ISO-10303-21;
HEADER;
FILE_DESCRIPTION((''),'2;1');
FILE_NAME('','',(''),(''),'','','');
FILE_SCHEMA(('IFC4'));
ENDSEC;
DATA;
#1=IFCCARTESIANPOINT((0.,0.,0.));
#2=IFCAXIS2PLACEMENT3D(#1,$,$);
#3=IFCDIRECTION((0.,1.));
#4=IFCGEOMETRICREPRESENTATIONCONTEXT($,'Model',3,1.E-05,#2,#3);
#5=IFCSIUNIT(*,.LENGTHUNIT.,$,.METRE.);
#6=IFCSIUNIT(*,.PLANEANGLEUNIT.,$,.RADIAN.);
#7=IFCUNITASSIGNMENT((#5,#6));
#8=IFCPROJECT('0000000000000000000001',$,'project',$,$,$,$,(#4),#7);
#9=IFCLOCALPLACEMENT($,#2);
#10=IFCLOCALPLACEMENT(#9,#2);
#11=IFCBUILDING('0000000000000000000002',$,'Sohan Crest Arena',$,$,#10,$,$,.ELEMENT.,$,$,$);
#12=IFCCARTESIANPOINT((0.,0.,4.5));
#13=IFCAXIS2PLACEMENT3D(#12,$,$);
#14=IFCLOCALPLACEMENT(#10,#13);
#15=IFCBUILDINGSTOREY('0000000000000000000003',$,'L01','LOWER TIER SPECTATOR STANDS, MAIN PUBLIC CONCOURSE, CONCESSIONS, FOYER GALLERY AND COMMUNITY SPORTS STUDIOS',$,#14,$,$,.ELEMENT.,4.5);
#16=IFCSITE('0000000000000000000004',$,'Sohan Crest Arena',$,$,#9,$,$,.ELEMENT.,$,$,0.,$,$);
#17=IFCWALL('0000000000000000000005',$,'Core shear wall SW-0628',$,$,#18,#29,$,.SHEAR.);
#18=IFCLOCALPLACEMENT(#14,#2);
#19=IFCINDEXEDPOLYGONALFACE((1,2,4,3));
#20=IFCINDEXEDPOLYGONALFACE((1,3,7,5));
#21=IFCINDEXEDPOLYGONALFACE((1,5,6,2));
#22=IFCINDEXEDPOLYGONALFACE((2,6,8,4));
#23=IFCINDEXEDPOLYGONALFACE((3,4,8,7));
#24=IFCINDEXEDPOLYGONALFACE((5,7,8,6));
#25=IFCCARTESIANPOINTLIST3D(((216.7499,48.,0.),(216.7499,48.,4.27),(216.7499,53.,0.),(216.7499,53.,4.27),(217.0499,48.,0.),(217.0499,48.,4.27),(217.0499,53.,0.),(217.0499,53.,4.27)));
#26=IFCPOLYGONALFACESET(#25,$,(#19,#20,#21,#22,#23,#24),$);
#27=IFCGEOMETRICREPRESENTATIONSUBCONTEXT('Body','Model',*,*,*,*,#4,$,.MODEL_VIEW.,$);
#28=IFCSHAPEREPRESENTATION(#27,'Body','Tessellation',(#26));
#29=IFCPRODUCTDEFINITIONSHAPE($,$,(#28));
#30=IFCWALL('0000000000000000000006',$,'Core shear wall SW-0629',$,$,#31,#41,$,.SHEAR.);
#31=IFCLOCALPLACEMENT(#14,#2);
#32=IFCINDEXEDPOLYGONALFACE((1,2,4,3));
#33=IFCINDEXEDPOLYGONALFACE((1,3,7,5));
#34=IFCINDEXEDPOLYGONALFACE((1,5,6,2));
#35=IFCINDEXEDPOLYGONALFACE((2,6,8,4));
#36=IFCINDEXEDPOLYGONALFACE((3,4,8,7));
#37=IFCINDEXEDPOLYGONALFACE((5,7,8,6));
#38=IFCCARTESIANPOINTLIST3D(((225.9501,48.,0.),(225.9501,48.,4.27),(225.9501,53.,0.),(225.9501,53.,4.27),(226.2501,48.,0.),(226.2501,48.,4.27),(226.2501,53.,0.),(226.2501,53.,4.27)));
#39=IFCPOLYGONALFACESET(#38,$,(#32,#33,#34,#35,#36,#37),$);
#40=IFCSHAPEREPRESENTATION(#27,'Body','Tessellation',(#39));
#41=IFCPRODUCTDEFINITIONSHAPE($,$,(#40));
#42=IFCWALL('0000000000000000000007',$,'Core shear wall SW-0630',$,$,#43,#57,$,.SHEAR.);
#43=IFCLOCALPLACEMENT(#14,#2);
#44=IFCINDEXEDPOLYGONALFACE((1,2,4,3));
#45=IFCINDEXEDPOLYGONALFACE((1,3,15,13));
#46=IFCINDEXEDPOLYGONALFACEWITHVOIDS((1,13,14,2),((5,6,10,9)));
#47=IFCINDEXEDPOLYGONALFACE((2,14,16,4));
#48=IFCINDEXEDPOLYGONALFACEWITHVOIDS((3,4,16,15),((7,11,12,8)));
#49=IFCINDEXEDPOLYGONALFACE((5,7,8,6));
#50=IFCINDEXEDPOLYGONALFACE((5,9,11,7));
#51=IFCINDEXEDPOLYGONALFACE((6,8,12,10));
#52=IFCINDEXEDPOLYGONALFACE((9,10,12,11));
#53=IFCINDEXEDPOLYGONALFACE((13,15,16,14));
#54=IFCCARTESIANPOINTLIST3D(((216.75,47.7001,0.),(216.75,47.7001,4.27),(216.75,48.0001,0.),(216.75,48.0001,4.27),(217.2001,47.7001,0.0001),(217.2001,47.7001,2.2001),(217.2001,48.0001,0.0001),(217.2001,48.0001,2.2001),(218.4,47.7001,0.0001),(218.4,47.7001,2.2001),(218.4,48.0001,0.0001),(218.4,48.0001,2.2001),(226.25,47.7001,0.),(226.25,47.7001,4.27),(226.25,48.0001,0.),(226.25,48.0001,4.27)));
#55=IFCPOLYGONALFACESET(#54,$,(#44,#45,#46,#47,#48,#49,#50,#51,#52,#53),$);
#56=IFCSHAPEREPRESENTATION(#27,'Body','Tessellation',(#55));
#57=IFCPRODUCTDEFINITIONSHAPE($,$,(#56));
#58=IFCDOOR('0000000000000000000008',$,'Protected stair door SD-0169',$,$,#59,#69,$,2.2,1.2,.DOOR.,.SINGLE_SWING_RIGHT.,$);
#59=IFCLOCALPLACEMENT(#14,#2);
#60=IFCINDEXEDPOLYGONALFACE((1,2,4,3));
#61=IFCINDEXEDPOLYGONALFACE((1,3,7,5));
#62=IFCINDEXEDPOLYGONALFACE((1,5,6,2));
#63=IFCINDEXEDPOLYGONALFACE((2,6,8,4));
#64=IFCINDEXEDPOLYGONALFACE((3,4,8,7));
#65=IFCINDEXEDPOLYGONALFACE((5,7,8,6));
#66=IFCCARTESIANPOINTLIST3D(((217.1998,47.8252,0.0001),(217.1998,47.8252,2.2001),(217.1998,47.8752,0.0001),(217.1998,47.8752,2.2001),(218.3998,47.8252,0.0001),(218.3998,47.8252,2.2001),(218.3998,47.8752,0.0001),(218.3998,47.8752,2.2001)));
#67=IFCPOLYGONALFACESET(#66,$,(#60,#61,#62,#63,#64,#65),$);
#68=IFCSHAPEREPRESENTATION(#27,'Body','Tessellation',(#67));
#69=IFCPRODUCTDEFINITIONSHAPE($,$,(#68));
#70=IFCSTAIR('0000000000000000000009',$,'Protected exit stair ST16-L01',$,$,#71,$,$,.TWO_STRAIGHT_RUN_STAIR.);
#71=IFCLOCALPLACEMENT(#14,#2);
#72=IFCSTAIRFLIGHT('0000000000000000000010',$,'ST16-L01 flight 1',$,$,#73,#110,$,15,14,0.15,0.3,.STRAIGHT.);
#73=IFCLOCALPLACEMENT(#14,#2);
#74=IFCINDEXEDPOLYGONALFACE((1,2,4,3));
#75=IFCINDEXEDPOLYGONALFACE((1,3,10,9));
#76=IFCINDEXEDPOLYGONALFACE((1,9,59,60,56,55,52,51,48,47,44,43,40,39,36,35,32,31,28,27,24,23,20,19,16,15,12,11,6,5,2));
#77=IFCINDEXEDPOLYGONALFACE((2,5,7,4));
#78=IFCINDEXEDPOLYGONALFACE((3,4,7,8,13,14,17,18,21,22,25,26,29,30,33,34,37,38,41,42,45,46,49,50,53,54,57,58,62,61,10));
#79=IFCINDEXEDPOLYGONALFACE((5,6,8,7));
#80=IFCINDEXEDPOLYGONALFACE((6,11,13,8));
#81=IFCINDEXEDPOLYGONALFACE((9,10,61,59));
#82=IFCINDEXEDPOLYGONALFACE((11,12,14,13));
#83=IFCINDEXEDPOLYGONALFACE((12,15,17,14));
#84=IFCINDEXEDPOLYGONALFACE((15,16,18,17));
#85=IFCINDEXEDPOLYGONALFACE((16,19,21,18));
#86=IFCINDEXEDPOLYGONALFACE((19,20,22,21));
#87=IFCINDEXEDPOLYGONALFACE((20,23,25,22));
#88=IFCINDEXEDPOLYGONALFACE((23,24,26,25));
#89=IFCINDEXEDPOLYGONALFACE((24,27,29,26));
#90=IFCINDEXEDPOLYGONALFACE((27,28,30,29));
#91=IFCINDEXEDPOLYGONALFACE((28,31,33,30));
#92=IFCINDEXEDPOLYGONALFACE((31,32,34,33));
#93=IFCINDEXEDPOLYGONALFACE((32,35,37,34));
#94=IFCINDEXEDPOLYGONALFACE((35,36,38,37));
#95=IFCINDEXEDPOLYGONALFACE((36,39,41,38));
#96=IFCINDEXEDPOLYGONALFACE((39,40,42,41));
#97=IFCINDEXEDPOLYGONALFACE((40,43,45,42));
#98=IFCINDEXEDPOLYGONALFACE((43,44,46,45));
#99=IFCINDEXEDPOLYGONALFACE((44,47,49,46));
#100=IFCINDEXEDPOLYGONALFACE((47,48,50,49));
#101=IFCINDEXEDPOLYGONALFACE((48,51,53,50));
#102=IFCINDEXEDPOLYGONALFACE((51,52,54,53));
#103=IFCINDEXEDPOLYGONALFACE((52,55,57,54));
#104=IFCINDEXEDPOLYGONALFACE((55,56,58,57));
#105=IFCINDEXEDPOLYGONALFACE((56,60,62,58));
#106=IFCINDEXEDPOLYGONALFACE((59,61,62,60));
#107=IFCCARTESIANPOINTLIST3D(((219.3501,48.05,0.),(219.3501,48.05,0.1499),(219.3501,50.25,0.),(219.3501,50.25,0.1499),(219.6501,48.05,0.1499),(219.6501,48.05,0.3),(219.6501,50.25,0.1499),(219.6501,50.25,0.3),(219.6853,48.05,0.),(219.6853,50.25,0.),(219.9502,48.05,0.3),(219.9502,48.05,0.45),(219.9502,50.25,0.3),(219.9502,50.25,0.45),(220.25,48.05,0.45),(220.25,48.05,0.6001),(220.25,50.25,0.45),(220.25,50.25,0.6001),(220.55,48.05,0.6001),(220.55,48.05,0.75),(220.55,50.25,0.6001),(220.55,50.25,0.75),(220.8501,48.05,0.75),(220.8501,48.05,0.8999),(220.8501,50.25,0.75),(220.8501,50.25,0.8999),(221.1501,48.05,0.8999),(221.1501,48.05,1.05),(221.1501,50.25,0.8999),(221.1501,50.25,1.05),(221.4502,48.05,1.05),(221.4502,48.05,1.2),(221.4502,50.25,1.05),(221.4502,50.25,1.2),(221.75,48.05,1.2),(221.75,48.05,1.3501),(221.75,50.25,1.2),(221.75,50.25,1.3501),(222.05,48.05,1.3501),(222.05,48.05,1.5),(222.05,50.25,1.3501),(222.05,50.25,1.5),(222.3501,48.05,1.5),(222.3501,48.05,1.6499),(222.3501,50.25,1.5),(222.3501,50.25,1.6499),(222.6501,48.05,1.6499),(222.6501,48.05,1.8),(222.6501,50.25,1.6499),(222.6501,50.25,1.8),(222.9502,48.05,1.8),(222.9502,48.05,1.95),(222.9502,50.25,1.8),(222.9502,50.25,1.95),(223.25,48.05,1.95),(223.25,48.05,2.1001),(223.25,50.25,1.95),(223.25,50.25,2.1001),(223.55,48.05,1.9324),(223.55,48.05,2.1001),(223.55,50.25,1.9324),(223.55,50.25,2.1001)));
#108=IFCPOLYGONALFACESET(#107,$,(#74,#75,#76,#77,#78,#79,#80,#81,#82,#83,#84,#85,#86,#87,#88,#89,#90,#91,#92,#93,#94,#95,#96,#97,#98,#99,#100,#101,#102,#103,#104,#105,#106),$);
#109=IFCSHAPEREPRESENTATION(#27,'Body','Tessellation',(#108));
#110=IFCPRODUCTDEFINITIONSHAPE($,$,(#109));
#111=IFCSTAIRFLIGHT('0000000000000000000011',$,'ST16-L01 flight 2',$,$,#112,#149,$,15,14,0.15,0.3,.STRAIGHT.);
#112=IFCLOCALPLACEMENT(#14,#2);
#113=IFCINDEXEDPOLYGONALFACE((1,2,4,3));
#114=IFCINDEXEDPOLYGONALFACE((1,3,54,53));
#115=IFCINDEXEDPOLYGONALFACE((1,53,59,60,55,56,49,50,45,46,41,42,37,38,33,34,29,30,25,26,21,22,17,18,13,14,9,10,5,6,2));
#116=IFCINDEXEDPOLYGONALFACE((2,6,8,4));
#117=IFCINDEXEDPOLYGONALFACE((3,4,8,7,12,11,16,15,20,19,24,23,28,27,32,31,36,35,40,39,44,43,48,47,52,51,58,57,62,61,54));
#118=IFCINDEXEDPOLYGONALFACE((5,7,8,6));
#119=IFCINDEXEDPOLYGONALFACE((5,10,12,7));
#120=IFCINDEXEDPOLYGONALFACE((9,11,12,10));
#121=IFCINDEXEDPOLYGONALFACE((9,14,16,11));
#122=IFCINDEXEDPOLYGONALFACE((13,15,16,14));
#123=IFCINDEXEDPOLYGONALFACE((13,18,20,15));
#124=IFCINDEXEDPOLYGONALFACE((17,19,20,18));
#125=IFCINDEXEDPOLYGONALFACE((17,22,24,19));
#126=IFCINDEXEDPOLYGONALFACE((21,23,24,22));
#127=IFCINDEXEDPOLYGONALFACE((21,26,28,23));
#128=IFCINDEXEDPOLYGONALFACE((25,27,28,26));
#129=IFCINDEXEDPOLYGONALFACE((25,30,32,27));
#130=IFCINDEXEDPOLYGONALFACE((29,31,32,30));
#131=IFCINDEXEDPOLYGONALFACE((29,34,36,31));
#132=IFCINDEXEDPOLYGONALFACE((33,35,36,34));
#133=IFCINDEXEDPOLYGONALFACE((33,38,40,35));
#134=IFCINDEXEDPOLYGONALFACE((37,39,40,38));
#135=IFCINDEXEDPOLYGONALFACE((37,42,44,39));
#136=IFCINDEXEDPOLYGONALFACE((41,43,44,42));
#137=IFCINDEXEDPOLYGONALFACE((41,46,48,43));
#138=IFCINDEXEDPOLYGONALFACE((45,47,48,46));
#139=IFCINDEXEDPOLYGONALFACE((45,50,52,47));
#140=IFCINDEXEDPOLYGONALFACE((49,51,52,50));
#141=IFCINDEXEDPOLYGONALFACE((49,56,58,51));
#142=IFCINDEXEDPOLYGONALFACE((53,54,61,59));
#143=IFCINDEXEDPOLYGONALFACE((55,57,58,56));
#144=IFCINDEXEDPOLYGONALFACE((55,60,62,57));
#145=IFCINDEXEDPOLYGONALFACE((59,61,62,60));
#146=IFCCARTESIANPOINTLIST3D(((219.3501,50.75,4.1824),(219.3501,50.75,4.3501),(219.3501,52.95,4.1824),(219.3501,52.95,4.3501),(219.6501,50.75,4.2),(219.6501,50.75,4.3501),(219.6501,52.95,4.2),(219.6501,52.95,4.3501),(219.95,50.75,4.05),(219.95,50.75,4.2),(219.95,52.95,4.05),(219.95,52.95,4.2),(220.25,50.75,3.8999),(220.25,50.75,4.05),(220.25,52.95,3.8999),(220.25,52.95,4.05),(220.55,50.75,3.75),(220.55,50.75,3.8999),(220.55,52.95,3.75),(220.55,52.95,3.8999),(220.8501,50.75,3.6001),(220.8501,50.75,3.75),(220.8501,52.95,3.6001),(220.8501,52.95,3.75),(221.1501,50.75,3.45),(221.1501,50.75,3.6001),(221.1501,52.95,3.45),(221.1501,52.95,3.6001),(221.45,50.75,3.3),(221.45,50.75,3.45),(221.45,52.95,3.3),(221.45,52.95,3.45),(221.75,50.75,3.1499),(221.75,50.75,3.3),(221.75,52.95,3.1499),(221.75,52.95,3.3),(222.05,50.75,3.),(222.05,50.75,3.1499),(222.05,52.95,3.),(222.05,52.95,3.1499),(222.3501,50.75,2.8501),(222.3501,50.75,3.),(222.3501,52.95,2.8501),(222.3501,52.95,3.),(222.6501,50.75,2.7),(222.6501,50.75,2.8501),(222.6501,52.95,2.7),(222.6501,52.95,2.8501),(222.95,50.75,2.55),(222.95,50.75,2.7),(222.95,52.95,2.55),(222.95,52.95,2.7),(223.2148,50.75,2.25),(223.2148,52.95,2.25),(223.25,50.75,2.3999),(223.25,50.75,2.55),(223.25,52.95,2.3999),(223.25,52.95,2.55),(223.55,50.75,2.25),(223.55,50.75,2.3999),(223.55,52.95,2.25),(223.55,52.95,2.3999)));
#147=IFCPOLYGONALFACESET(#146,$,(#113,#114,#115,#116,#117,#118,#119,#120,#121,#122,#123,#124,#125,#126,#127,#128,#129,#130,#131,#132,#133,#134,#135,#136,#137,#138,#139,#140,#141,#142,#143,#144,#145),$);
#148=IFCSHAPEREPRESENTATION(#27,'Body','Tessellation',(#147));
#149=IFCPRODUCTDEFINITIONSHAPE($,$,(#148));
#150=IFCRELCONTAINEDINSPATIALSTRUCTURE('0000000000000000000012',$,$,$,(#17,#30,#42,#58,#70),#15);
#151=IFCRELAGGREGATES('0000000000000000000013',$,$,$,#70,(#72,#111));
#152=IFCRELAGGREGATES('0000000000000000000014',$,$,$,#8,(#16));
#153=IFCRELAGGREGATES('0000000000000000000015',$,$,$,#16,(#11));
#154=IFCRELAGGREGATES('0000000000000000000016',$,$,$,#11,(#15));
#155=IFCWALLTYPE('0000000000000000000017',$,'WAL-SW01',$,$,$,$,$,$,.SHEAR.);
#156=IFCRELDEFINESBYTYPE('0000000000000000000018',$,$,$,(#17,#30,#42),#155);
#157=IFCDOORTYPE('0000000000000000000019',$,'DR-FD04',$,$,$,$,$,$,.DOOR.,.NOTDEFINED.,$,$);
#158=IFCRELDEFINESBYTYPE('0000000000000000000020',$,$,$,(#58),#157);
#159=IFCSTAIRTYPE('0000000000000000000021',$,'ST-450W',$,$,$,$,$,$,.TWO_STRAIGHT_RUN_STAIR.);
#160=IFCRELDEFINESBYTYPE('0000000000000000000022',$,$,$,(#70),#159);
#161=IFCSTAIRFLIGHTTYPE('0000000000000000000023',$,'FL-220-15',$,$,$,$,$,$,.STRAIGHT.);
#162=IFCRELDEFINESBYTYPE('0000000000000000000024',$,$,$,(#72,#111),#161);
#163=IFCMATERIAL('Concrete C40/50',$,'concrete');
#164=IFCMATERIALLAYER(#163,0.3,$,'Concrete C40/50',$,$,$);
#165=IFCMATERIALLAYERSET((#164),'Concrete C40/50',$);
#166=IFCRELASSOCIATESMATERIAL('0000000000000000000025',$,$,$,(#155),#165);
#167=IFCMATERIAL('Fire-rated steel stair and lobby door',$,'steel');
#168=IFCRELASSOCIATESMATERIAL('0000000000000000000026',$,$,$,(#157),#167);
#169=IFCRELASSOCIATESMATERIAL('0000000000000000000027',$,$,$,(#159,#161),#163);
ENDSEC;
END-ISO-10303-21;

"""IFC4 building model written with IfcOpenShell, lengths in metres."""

from ifc_helpers import new_model, si_unit, direction, frame, frame_2d, origin, place, context, subcontext, project, spatial, polyline, rectangle, outline, extrude, material, layer, layer_set, type_object, element, fill, aggregate, save


model = new_model("IFC4")

# Units and contexts
model_context = context("Model", 3, precision=1e-05, world=origin(), true_north=direction((0.0, 1.0)))
body_context = subcontext(model_context, "Body", "Model", "MODEL_VIEW")
ifc_project = project(units=[si_unit("LENGTHUNIT", "METRE"), si_unit("PLANEANGLEUNIT", "RADIAN")], contexts=[model_context])

# Site, building, storey
site_placement = place(None, origin())
site = spatial("IfcSite", under=ifc_project, at=site_placement, Name="Sohan Crest Arena", CompositionType="ELEMENT", RefElevation=0.0)
building_placement = place(site_placement, origin())
building = spatial("IfcBuilding", under=site, at=building_placement, Name="Sohan Crest Arena", CompositionType="ELEMENT")
storey_placement = place(building_placement, frame((0.0, 0.0, 4.5)))
storey = spatial("IfcBuildingStorey", under=building, at=storey_placement, Name="L01", Description="LOWER TIER SPECTATOR STANDS, MAIN PUBLIC CONCOURSE, CONCESSIONS, FOYER GALLERY AND COMMUNITY SPORTS STUDIOS", CompositionType="ELEMENT", Elevation=4.5)

# Shared definitions
ifc_material_1 = material(Name="Concrete C40/50", Category="concrete")

# Walls
ifc_layer_1 = layer(ifc_material_1, 0.3, Name="Concrete C40/50")
ifc_layer_set_1 = layer_set([ifc_layer_1], Name="Concrete C40/50")
wall_type_1 = type_object("IfcWallType", Name="WAL-SW01", PredefinedType="SHEAR", material=ifc_layer_set_1)
for number, where, z_axis, x_axis, name in (
    (1, (216.8999, 48.0, 0.0), (0.0, 0.0, 1.0), (0.0, 1.0, 0.0), "Core shear wall SW-0628"),
    (2, (226.1001, 48.0, 0.0), (0.0, 0.0, 1.0), (0.0, 1.0, 0.0), "Core shear wall SW-0629"),
):
    element("IfcWall", number, at=place(storey_placement, frame(where, z_axis=z_axis, x_axis=x_axis)), inside=storey, type_object=wall_type_1, Name=name, PredefinedType="SHEAR", context=body_context, shape_type="SweptSolid", body=[
        extrude(rectangle(XDim=5.0, YDim=0.3, at=frame_2d((2.5, 0.0))), origin(), (0.0, 0.0, 1.0), 4.27),
    ])

# Wall, opening, door
wall_1_placement = place(storey_placement, frame((216.75, 47.8501, 0.0), z_axis=(0.0, 0.0, 1.0), x_axis=(1.0, 0.0, 0.0)))
wall_1 = element("IfcWall", 3, at=wall_1_placement, inside=storey, type_object=wall_type_1, Name="Core shear wall SW-0630", PredefinedType="SHEAR", context=body_context, shape_type="SweptSolid", body=[
    extrude(rectangle(XDim=9.5, YDim=0.3, at=frame_2d((4.75, 0.0))), origin(), (0.0, 0.0, 1.0), 4.27),
])
opening_1_placement = place(wall_1_placement, frame((0.45, 0.0, 0.0)))
opening_1 = element("IfcOpeningElement", 4, at=opening_1_placement, cuts=wall_1, PredefinedType="OPENING", context=body_context, shape_type="SweptSolid", body=[
    extrude(rectangle(XDim=1.2, YDim=2.2, at=frame_2d((0.6001, 1.1001))), frame((0.0, 0.1599, 0.0), z_axis=(0.0, -1.0, 0.0), x_axis=(1.0, 0.0, 0.0)), (0.0, 0.0, 1.0), 0.3201),
])
ifc_material_2 = material(Name="Fire-rated steel stair and lobby door", Category="steel")
door_type = type_object("IfcDoorType", Name="DR-FD04", OperationType="NOTDEFINED", PredefinedType="DOOR", material=ifc_material_2)
door_placement = place(opening_1_placement, frame((1.2, 0.0, 0.0), z_axis=(0.0, 0.0, 1.0), x_axis=(-1.0, 0.0, 0.0)))
door = element("IfcDoor", 5, at=door_placement, inside=storey, type_object=door_type, Name="Protected stair door SD-0169", OperationType="SINGLE_SWING_RIGHT", OverallHeight=2.2, OverallWidth=1.2, PredefinedType="DOOR", context=body_context, shape_type="SweptSolid", body=[
    extrude(rectangle(XDim=1.2, YDim=2.2, at=frame_2d((0.6001, 1.1001))), frame((0.0, 0.0249, 0.0), z_axis=(0.0, -1.0, 0.0), x_axis=(1.0, 0.0, 0.0)), (0.0, 0.0, 1.0), 0.05),
])
fill(opening_1, door)

# Stair, stair flights
stair_type = type_object("IfcStairType", Name="ST-450W", PredefinedType="TWO_STRAIGHT_RUN_STAIR", material=ifc_material_1)
stair_placement = place(storey_placement, origin())
stair = element("IfcStair", 6, at=stair_placement, inside=storey, type_object=stair_type, Name="Protected exit stair ST16-L01", PredefinedType="TWO_STRAIGHT_RUN_STAIR")
stair_flight_type = type_object("IfcStairFlightType", Name="FL-220-15", PredefinedType="STRAIGHT", material=ifc_material_1)
stair_flight_1_placement = place(storey_placement, frame((219.3501, 49.1499, 0.0), z_axis=(0.0, 0.0, 1.0), x_axis=(1.0, 0.0, 0.0)))
stair_flight_1 = element("IfcStairFlight", 7, at=stair_flight_1_placement, type_object=stair_flight_type, Name="ST16-L01 flight 1", NumberOfRisers=15, NumberOfTreads=14, PredefinedType="STRAIGHT", RiserHeight=0.15, TreadLength=0.3, context=body_context, shape_type="SweptSolid", body=[
    extrude(outline(polyline([(0.0, 0.0), (0.0, 0.1499), (0.3, 0.1499), (0.3, 0.3), (0.6001, 0.3), (0.6001, 0.45), (0.8999, 0.45), (0.8999, 0.6001), (1.2, 0.6001), (1.2, 0.75), (1.5, 0.75), (1.5, 0.8999), (1.8, 0.8999), (1.8, 1.05), (2.1001, 1.05), (2.1001, 1.2), (2.3999, 1.2), (2.3999, 1.3501), (2.7, 1.3501), (2.7, 1.5), (3.0, 1.5), (3.0, 1.6499), (3.3, 1.6499), (3.3, 1.8), (3.6001, 1.8), (3.6001, 1.95), (3.8999, 1.95), (3.8999, 2.1001), (4.2, 2.1001), (4.2, 2.25), (4.2, 1.9324), (0.3352, 0.0), (0.0, 0.0)])), frame((0.0, 1.1001, 0.0), z_axis=(0.0, -1.0, 0.0), x_axis=(1.0, 0.0, 0.0)), (0.0, 0.0, 1.0), 2.2),
])
stair_flight_2_placement = place(storey_placement, frame((223.55, 51.8501, 2.25), z_axis=(0.0, 0.0, 1.0), x_axis=(-1.0, 0.0, 0.0)))
stair_flight_2 = element("IfcStairFlight", 8, at=stair_flight_2_placement, type_object=stair_flight_type, Name="ST16-L01 flight 2", NumberOfRisers=15, NumberOfTreads=14, PredefinedType="STRAIGHT", RiserHeight=0.15, TreadLength=0.3, context=body_context, shape_type="SweptSolid", body=[
    extrude(outline(polyline([(0.0, 0.0), (0.0, 0.1499), (0.3, 0.1499), (0.3, 0.3), (0.6001, 0.3), (0.6001, 0.45), (0.8999, 0.45), (0.8999, 0.6001), (1.2, 0.6001), (1.2, 0.75), (1.5, 0.75), (1.5, 0.8999), (1.8, 0.8999), (1.8, 1.05), (2.1001, 1.05), (2.1001, 1.2), (2.3999, 1.2), (2.3999, 1.3501), (2.7, 1.3501), (2.7, 1.5), (3.0, 1.5), (3.0, 1.6499), (3.3, 1.6499), (3.3, 1.8), (3.6001, 1.8), (3.6001, 1.95), (3.8999, 1.95), (3.8999, 2.1001), (4.2, 2.1001), (4.2, 2.25), (4.2, 1.9324), (0.3352, 0.0), (0.0, 0.0)])), frame((0.0, 1.1001, 0.0), z_axis=(0.0, -1.0, 0.0), x_axis=(1.0, 0.0, 0.0)), (0.0, 0.0, 1.0), 2.2),
])
aggregate(stair, [stair_flight_1, stair_flight_2])

save(model, "model.ifc")
